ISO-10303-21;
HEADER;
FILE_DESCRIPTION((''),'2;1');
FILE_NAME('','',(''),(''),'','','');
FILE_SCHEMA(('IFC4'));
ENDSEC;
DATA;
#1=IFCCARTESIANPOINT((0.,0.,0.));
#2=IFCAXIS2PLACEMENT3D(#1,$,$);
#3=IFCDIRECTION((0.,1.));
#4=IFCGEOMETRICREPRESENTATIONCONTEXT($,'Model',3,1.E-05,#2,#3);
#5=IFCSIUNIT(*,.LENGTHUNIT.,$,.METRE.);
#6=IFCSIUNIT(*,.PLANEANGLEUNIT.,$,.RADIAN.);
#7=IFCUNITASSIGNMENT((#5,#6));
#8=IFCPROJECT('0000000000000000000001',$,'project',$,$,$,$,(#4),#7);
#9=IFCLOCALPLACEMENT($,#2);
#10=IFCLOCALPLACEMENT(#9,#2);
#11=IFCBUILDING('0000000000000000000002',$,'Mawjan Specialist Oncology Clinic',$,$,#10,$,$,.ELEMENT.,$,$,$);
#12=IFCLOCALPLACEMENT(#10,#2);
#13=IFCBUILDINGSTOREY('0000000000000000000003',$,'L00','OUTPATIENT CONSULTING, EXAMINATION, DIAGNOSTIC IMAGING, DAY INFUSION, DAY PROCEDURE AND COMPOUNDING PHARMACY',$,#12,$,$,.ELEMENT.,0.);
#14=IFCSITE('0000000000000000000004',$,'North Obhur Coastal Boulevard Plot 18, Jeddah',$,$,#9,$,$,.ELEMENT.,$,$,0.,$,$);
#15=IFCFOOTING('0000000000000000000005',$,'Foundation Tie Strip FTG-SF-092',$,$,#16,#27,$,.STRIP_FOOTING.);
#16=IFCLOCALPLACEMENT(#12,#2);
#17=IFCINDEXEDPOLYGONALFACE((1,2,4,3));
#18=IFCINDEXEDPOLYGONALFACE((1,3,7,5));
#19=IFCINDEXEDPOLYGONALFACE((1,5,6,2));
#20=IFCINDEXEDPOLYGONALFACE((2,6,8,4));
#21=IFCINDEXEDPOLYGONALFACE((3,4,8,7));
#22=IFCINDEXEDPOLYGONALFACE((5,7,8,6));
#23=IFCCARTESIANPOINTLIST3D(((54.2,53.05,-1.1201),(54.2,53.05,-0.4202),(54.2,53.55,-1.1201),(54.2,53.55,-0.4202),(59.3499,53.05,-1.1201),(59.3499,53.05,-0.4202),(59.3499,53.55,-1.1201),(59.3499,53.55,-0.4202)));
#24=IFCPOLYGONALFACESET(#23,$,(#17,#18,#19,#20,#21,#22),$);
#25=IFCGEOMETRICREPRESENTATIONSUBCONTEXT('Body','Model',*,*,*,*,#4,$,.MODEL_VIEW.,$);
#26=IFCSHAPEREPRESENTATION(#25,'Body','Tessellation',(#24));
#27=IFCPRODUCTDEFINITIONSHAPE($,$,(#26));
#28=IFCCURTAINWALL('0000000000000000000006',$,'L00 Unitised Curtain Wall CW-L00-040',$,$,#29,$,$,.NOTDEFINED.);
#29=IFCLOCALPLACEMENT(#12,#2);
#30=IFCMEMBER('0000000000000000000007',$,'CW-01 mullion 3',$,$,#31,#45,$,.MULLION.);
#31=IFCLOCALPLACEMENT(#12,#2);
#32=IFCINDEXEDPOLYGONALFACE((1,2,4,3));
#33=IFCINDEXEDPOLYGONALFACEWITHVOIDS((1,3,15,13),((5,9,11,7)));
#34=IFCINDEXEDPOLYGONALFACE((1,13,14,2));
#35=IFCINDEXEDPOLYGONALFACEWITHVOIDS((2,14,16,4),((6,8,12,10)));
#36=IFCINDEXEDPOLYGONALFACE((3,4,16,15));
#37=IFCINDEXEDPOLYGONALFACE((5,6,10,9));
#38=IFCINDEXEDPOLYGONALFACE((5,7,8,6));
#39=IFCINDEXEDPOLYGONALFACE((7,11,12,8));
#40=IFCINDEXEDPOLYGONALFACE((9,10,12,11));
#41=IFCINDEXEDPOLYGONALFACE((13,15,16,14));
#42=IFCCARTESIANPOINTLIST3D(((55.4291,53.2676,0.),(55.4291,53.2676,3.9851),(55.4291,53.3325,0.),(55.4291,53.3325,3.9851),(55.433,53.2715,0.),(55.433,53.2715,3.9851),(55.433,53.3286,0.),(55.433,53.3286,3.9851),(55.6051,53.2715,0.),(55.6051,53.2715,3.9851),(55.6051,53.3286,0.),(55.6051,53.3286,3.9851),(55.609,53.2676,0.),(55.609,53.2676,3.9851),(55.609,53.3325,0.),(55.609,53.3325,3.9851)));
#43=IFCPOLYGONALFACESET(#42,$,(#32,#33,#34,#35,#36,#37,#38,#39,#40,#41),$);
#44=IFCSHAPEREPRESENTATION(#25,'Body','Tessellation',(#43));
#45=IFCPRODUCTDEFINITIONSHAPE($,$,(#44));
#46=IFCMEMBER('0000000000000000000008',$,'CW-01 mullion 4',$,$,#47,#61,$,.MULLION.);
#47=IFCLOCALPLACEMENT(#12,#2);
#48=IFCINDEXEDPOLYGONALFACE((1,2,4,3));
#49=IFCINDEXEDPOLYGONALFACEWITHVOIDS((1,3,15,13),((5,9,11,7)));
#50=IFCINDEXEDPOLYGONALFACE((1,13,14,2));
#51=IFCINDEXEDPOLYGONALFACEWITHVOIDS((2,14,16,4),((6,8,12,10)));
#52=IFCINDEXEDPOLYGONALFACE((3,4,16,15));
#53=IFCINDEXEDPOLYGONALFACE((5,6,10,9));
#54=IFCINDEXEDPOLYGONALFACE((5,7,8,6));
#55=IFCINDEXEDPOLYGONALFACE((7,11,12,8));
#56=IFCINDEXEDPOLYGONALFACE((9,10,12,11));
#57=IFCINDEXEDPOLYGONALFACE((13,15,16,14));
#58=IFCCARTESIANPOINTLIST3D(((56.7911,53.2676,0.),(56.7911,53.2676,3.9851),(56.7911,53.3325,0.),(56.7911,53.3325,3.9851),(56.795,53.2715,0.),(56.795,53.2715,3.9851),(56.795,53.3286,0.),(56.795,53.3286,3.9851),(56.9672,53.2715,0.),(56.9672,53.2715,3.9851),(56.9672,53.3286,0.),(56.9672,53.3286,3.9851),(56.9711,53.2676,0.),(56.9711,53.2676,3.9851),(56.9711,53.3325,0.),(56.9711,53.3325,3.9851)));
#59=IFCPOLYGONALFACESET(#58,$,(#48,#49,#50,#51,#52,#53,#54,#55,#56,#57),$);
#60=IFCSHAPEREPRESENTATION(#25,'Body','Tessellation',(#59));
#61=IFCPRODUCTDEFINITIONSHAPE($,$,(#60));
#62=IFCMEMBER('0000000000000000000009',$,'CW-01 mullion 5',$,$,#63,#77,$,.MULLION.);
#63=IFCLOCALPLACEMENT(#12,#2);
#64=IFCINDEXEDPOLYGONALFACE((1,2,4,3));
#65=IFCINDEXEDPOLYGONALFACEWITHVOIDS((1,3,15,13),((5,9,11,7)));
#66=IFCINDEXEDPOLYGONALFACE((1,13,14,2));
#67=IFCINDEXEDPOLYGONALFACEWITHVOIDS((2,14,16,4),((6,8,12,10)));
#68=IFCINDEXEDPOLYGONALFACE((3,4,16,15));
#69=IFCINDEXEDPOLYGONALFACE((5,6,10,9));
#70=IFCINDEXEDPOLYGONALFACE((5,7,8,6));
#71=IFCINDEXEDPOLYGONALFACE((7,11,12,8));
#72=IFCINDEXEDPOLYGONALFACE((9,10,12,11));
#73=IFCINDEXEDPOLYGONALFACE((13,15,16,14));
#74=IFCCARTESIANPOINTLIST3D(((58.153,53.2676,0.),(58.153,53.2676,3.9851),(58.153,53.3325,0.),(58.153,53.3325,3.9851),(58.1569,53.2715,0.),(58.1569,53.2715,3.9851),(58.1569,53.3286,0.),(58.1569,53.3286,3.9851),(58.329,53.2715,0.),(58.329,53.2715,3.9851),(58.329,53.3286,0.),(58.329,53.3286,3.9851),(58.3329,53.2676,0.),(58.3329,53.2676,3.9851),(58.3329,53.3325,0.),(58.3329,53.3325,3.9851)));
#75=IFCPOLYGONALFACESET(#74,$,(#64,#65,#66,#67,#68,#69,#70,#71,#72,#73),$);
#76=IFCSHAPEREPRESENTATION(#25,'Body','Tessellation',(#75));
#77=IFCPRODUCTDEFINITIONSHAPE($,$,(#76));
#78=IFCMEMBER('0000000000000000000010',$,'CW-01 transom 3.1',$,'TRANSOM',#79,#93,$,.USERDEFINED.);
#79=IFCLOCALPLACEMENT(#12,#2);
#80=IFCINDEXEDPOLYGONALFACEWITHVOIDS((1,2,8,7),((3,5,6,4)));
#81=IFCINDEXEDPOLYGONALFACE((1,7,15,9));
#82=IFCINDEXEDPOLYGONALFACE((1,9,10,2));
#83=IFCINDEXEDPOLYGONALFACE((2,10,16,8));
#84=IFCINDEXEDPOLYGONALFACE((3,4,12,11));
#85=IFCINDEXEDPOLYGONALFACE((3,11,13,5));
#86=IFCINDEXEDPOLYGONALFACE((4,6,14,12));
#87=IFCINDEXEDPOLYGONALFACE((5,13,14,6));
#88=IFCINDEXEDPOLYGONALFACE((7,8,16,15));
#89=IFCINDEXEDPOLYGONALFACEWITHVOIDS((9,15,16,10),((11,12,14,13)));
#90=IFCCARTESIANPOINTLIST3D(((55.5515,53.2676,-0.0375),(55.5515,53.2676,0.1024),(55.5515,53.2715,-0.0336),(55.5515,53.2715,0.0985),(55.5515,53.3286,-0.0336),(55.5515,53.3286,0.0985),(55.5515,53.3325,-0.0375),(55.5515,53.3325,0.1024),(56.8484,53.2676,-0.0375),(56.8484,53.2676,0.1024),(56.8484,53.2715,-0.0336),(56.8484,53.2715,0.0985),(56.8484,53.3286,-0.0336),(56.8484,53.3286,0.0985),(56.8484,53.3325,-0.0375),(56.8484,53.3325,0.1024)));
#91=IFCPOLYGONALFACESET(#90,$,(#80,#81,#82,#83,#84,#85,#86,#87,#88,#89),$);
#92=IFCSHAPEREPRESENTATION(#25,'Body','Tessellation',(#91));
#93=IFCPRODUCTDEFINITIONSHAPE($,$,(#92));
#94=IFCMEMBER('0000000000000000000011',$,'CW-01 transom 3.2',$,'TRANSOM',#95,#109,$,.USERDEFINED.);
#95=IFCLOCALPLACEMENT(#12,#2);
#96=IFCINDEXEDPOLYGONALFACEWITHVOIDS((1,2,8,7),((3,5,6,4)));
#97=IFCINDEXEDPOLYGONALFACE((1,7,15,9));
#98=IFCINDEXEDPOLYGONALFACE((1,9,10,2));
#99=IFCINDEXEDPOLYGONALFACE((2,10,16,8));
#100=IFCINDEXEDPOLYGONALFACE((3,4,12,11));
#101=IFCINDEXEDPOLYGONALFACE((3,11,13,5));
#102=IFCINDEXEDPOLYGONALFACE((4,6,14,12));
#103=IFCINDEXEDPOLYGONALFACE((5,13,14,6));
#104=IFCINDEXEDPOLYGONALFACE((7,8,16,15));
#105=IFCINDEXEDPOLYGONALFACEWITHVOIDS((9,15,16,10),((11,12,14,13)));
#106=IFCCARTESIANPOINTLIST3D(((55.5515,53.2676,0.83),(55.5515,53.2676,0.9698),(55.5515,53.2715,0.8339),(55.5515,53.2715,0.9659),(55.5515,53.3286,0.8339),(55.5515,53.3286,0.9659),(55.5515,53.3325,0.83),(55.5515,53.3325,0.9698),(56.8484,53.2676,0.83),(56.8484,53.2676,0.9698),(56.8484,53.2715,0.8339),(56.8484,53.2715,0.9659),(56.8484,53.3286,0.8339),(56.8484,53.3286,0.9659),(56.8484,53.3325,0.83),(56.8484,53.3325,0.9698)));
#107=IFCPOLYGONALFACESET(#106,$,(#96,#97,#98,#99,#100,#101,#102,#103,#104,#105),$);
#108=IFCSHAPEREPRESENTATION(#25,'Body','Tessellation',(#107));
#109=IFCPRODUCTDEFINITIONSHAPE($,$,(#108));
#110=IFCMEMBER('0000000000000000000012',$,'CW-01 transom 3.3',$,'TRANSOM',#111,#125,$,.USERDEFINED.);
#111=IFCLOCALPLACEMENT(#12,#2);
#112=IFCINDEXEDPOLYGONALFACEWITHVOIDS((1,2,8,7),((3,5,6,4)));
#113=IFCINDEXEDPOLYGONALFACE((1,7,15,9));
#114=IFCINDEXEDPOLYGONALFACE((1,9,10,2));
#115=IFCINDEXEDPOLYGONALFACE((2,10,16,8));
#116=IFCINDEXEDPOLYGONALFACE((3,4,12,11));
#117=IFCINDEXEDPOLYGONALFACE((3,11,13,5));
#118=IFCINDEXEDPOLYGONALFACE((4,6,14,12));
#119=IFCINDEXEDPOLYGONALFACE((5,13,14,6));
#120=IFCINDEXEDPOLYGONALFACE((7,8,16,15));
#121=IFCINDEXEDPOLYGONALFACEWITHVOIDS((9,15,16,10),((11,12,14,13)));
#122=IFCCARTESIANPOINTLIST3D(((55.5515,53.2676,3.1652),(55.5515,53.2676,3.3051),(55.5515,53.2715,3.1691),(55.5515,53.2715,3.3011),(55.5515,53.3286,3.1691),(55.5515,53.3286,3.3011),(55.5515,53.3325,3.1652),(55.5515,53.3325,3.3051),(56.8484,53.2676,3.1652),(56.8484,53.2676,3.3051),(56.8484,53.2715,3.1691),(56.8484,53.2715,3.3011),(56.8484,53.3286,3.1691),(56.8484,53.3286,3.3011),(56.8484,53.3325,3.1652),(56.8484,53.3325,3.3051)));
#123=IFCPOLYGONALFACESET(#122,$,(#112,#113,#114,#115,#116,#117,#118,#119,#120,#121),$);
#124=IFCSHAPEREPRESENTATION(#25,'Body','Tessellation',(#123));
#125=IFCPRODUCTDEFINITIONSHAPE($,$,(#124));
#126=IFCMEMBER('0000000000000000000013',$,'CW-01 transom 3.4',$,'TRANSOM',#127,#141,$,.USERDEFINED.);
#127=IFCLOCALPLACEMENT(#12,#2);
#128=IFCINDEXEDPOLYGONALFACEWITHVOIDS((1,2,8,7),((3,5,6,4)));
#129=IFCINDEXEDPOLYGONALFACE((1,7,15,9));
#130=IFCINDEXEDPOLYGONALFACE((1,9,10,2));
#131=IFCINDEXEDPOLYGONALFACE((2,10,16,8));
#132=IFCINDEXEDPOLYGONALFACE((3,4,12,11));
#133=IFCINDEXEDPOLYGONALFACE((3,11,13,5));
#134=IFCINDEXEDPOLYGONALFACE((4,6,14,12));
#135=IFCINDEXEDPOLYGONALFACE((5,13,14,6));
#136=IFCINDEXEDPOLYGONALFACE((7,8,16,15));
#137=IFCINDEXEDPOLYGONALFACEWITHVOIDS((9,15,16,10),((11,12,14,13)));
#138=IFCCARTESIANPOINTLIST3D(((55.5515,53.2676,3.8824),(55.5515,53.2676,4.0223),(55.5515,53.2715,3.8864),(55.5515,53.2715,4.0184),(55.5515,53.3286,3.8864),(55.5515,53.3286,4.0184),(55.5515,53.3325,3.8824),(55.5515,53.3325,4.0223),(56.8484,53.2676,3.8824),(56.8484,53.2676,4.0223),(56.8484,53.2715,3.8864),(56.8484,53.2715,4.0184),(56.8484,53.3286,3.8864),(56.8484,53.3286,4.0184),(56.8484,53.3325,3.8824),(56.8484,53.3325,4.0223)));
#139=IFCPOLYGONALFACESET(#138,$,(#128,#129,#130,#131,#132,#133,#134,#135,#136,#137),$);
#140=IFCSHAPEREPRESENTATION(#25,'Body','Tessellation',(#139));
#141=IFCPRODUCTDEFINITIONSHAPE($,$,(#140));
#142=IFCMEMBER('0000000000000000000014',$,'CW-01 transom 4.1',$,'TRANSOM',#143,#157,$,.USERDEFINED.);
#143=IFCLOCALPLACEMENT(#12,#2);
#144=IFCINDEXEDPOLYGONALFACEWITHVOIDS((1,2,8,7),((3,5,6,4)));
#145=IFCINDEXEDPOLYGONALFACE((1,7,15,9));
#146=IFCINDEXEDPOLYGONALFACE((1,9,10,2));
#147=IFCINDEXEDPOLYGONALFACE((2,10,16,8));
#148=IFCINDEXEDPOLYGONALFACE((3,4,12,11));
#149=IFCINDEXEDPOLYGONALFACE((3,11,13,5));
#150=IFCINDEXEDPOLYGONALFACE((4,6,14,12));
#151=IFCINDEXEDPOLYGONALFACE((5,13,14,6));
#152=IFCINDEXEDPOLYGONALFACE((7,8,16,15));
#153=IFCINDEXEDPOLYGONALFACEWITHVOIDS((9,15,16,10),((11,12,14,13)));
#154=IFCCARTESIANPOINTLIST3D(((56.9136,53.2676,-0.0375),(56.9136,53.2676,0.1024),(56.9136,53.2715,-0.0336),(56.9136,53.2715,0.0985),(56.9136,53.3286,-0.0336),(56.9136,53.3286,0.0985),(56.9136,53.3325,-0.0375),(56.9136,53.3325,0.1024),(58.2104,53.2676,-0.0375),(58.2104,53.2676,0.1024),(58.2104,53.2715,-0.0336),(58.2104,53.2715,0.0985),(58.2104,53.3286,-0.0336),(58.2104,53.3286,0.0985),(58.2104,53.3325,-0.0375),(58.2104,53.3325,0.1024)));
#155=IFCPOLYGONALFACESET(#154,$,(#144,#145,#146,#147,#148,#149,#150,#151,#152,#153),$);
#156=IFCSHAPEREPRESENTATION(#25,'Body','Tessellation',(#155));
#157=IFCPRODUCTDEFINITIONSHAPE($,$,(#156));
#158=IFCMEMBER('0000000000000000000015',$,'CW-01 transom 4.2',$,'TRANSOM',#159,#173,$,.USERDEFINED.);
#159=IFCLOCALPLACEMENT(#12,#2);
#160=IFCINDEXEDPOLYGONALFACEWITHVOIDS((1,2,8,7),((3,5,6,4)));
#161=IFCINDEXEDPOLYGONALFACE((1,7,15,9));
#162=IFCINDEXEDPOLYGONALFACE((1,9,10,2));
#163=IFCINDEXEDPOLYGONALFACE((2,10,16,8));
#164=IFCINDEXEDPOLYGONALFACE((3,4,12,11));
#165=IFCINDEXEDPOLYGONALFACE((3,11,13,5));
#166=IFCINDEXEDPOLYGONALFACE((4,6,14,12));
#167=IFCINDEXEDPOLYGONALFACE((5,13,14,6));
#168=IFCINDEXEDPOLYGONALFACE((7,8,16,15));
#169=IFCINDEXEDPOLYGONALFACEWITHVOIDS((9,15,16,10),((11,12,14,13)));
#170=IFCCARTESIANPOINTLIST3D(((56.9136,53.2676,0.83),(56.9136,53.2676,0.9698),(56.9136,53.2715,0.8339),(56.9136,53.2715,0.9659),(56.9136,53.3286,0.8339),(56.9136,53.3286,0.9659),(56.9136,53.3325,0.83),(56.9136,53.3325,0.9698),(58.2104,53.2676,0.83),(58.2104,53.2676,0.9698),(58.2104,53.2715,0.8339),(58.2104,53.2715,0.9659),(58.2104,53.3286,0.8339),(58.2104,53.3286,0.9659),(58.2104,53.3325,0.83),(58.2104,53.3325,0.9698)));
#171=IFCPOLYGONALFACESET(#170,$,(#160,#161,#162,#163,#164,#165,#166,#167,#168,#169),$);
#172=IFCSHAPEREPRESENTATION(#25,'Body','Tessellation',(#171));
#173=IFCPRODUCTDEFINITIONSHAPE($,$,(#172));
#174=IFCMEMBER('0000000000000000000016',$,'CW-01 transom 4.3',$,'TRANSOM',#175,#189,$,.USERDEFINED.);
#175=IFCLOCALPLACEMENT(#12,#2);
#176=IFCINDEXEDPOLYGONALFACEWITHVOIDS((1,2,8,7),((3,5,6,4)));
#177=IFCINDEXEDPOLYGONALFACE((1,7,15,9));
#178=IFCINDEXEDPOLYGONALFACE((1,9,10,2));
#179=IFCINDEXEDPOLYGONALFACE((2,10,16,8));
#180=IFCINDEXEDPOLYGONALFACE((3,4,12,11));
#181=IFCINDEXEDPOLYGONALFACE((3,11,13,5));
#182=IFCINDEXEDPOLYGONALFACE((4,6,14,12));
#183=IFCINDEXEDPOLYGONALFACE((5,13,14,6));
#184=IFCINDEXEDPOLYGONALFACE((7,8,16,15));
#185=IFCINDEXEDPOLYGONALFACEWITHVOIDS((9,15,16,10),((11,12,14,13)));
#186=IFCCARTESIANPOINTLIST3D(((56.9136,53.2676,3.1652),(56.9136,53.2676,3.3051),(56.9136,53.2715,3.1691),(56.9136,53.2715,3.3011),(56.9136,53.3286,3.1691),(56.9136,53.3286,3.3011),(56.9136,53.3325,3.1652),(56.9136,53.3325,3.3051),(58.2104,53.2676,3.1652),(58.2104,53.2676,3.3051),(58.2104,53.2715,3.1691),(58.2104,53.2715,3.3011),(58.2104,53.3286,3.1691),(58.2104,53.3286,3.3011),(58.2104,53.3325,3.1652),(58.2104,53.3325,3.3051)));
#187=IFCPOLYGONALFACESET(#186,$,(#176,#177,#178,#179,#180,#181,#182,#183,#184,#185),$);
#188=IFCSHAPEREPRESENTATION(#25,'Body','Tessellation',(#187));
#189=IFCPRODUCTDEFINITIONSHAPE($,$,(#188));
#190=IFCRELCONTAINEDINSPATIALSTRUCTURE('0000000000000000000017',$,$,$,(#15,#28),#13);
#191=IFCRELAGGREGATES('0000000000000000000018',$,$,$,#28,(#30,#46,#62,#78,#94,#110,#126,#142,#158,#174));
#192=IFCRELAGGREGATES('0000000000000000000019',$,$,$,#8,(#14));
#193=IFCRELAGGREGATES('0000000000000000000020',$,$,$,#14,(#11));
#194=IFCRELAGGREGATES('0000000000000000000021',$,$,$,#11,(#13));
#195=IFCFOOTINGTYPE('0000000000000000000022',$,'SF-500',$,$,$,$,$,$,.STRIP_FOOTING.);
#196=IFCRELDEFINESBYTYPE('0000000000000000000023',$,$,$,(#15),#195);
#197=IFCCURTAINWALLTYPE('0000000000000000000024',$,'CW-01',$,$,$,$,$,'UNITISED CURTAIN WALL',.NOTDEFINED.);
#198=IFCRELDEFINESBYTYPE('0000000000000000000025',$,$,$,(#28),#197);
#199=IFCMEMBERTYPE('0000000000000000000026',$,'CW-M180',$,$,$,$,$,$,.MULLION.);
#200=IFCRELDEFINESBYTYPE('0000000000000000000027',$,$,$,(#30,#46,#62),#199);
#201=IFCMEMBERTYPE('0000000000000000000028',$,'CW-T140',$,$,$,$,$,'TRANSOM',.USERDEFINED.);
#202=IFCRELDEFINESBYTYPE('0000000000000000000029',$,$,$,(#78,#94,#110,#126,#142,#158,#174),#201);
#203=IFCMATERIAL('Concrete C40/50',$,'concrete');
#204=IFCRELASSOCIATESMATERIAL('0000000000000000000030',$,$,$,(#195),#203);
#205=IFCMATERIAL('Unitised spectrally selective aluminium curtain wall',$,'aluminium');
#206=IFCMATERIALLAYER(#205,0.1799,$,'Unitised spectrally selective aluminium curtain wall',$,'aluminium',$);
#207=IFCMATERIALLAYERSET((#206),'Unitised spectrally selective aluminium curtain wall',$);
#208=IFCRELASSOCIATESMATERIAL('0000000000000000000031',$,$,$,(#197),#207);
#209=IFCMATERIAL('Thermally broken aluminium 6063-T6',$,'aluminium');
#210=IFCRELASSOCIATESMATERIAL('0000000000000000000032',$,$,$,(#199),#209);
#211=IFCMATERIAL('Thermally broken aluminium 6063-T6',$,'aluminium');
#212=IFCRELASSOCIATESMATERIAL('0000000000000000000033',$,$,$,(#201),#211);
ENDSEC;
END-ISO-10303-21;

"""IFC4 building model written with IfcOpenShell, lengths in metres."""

from ifc_helpers import new_model, si_unit, direction, frame, origin, origin_2d, place, context, subcontext, project, spatial, rectangle, hollow_rectangle, extrude, material, layer, layer_set, material_profile, profile_set, type_object, element, aggregate, save


model = new_model("IFC4")

# Units and contexts
model_context = context("Model", 3, precision=1e-05, world=origin(), true_north=direction((0.0, 1.0)))
body_context = subcontext(model_context, "Body", "Model", "MODEL_VIEW")
ifc_project = project(units=[si_unit("LENGTHUNIT", "METRE"), si_unit("PLANEANGLEUNIT", "RADIAN")], contexts=[model_context])

# Site, building, storey
site_placement = place(None, origin())
site = spatial("IfcSite", under=ifc_project, at=site_placement, Name="North Obhur Coastal Boulevard Plot 18, Jeddah", CompositionType="ELEMENT", RefElevation=0.0)
building_placement = place(site_placement, origin())
building = spatial("IfcBuilding", under=site, at=building_placement, Name="Mawjan Specialist Oncology Clinic", CompositionType="ELEMENT")
storey_placement = place(building_placement, origin())
storey = spatial("IfcBuildingStorey", under=building, at=storey_placement, Name="L00", Description="OUTPATIENT CONSULTING, EXAMINATION, DIAGNOSTIC IMAGING, DAY INFUSION, DAY PROCEDURE AND COMPOUNDING PHARMACY", CompositionType="ELEMENT", Elevation=0.0)

# Footing
ifc_material_1 = material(Name="Concrete C40/50", Category="concrete")
footing_type = type_object("IfcFootingType", Name="SF-500", PredefinedType="STRIP_FOOTING", material=ifc_material_1)
footing_placement = place(storey_placement, frame((56.7749, 53.3, -1.1201), z_axis=(0.0, 0.0, 1.0), x_axis=(1.0, 0.0, 0.0)))
element("IfcFooting", 1, at=footing_placement, inside=storey, type_object=footing_type, Name="Foundation Tie Strip FTG-SF-092", PredefinedType="STRIP_FOOTING", context=body_context, shape_type="SweptSolid", body=[
    extrude(rectangle(XDim=5.1499, YDim=0.5, at=origin_2d()), origin(), (0.0, 0.0, 1.0), 0.7),
])

# Curtain wall, members
ifc_material_2 = material(Name="Unitised spectrally selective aluminium curtain wall", Category="aluminium")
ifc_layer_1 = layer(ifc_material_2, 0.1799, Name="Unitised spectrally selective aluminium curtain wall", Category="aluminium")
ifc_layer_set_1 = layer_set([ifc_layer_1], Name="Unitised spectrally selective aluminium curtain wall")
curtain_wall_type = type_object("IfcCurtainWallType", Name="CW-01", ElementType="UNITISED CURTAIN WALL", PredefinedType="NOTDEFINED", material=ifc_layer_set_1)
curtain_wall_placement = place(storey_placement, origin())
curtain_wall = element("IfcCurtainWall", 2, at=curtain_wall_placement, inside=storey, type_object=curtain_wall_type, Name="L00 Unitised Curtain Wall CW-L00-040", PredefinedType="NOTDEFINED")
ifc_material_3 = material(Name="Thermally broken aluminium 6063-T6", Category="aluminium")
ifc_material_profile_1 = material_profile(ifc_material_3, hollow_rectangle(XDim=0.0649, YDim=0.1799, WallThickness=0.0039, at=origin_2d()), Name="ALU MULLION 180x65x4", Category="aluminium")
ifc_profile_set_1 = profile_set([ifc_material_profile_1], Name="Thermally broken aluminium 6063-T6")
member_type_1 = type_object("IfcMemberType", Name="CW-M180", PredefinedType="MULLION", material=ifc_profile_set_1)
member_1_placement = place(storey_placement, frame((55.519, 53.3, 0.0), z_axis=(0.0, 0.0, 1.0), x_axis=(0.0, 1.0, 0.0)))
member_1 = element("IfcMember", 3, at=member_1_placement, type_object=member_type_1, Name="CW-01 mullion 3", PredefinedType="MULLION", context=body_context, shape_type="SweptSolid", body=[
    extrude(hollow_rectangle(XDim=0.0649, YDim=0.1799, WallThickness=0.0039, at=origin_2d()), origin(), (0.0, 0.0, 1.0), 3.9851),
])
member_2_placement = place(storey_placement, frame((56.8811, 53.3, 0.0), z_axis=(0.0, 0.0, 1.0), x_axis=(0.0, 1.0, 0.0)))
member_2 = element("IfcMember", 4, at=member_2_placement, type_object=member_type_1, Name="CW-01 mullion 4", PredefinedType="MULLION", context=body_context, shape_type="SweptSolid", body=[
    extrude(hollow_rectangle(XDim=0.0649, YDim=0.1799, WallThickness=0.0039, at=origin_2d()), origin(), (0.0, 0.0, 1.0), 3.9851),
])
member_3_placement = place(storey_placement, frame((58.2429, 53.3, 0.0), z_axis=(0.0, 0.0, 1.0), x_axis=(0.0, 1.0, 0.0)))
member_3 = element("IfcMember", 5, at=member_3_placement, type_object=member_type_1, Name="CW-01 mullion 5", PredefinedType="MULLION", context=body_context, shape_type="SweptSolid", body=[
    extrude(hollow_rectangle(XDim=0.0649, YDim=0.1799, WallThickness=0.0039, at=origin_2d()), origin(), (0.0, 0.0, 1.0), 3.9851),
])
ifc_material_4 = material(Name="Thermally broken aluminium 6063-T6", Category="aluminium")
ifc_material_profile_2 = material_profile(ifc_material_4, hollow_rectangle(XDim=0.0649, YDim=0.1399, WallThickness=0.0039, at=origin_2d()), Name="ALU TRANSOM 140x65x4", Category="aluminium")
ifc_profile_set_2 = profile_set([ifc_material_profile_2], Name="Thermally broken aluminium 6063-T6")
member_type_2 = type_object("IfcMemberType", Name="CW-T140", ElementType="TRANSOM", PredefinedType="USERDEFINED", material=ifc_profile_set_2)
member_4_placement = place(storey_placement, frame((55.5515, 53.3, 0.0325), z_axis=(1.0, 0.0, 0.0), x_axis=(0.0, 1.0, 0.0)))
member_4 = element("IfcMember", 6, at=member_4_placement, type_object=member_type_2, Name="CW-01 transom 3.1", ObjectType="TRANSOM", PredefinedType="USERDEFINED", context=body_context, shape_type="SweptSolid", body=[
    extrude(hollow_rectangle(XDim=0.0649, YDim=0.1399, WallThickness=0.0039, at=origin_2d()), origin(), (0.0, 0.0, 1.0), 1.2969),
])
member_5_placement = place(storey_placement, frame((55.5515, 53.3, 0.8999), z_axis=(1.0, 0.0, 0.0), x_axis=(0.0, 1.0, 0.0)))
member_5 = element("IfcMember", 7, at=member_5_placement, type_object=member_type_2, Name="CW-01 transom 3.2", ObjectType="TRANSOM", PredefinedType="USERDEFINED", context=body_context, shape_type="SweptSolid", body=[
    extrude(hollow_rectangle(XDim=0.0649, YDim=0.1399, WallThickness=0.0039, at=origin_2d()), origin(), (0.0, 0.0, 1.0), 1.2969),
])
member_6_placement = place(storey_placement, frame((55.5515, 53.3, 3.2351), z_axis=(1.0, 0.0, 0.0), x_axis=(0.0, 1.0, 0.0)))
member_6 = element("IfcMember", 8, at=member_6_placement, type_object=member_type_2, Name="CW-01 transom 3.3", ObjectType="TRANSOM", PredefinedType="USERDEFINED", context=body_context, shape_type="SweptSolid", body=[
    extrude(hollow_rectangle(XDim=0.0649, YDim=0.1399, WallThickness=0.0039, at=origin_2d()), origin(), (0.0, 0.0, 1.0), 1.2969),
])
member_7_placement = place(storey_placement, frame((55.5515, 53.3, 3.9524), z_axis=(1.0, 0.0, 0.0), x_axis=(0.0, 1.0, 0.0)))
member_7 = element("IfcMember", 9, at=member_7_placement, type_object=member_type_2, Name="CW-01 transom 3.4", ObjectType="TRANSOM", PredefinedType="USERDEFINED", context=body_context, shape_type="SweptSolid", body=[
    extrude(hollow_rectangle(XDim=0.0649, YDim=0.1399, WallThickness=0.0039, at=origin_2d()), origin(), (0.0, 0.0, 1.0), 1.2969),
])
member_8_placement = place(storey_placement, frame((56.9136, 53.3, 0.0325), z_axis=(1.0, 0.0, 0.0), x_axis=(0.0, 1.0, 0.0)))
member_8 = element("IfcMember", 10, at=member_8_placement, type_object=member_type_2, Name="CW-01 transom 4.1", ObjectType="TRANSOM", PredefinedType="USERDEFINED", context=body_context, shape_type="SweptSolid", body=[
    extrude(hollow_rectangle(XDim=0.0649, YDim=0.1399, WallThickness=0.0039, at=origin_2d()), origin(), (0.0, 0.0, 1.0), 1.2969),
])
member_9_placement = place(storey_placement, frame((56.9136, 53.3, 0.8999), z_axis=(1.0, 0.0, 0.0), x_axis=(0.0, 1.0, 0.0)))
member_9 = element("IfcMember", 11, at=member_9_placement, type_object=member_type_2, Name="CW-01 transom 4.2", ObjectType="TRANSOM", PredefinedType="USERDEFINED", context=body_context, shape_type="SweptSolid", body=[
    extrude(hollow_rectangle(XDim=0.0649, YDim=0.1399, WallThickness=0.0039, at=origin_2d()), origin(), (0.0, 0.0, 1.0), 1.2969),
])
member_10_placement = place(storey_placement, frame((56.9136, 53.3, 3.2351), z_axis=(1.0, 0.0, 0.0), x_axis=(0.0, 1.0, 0.0)))
member_10 = element("IfcMember", 12, at=member_10_placement, type_object=member_type_2, Name="CW-01 transom 4.3", ObjectType="TRANSOM", PredefinedType="USERDEFINED", context=body_context, shape_type="SweptSolid", body=[
    extrude(hollow_rectangle(XDim=0.0649, YDim=0.1399, WallThickness=0.0039, at=origin_2d()), origin(), (0.0, 0.0, 1.0), 1.2969),
])
aggregate(curtain_wall, [member_1, member_2, member_3, member_4, member_5, member_6, member_7, member_8, member_9, member_10])

save(model, "model.ifc")
